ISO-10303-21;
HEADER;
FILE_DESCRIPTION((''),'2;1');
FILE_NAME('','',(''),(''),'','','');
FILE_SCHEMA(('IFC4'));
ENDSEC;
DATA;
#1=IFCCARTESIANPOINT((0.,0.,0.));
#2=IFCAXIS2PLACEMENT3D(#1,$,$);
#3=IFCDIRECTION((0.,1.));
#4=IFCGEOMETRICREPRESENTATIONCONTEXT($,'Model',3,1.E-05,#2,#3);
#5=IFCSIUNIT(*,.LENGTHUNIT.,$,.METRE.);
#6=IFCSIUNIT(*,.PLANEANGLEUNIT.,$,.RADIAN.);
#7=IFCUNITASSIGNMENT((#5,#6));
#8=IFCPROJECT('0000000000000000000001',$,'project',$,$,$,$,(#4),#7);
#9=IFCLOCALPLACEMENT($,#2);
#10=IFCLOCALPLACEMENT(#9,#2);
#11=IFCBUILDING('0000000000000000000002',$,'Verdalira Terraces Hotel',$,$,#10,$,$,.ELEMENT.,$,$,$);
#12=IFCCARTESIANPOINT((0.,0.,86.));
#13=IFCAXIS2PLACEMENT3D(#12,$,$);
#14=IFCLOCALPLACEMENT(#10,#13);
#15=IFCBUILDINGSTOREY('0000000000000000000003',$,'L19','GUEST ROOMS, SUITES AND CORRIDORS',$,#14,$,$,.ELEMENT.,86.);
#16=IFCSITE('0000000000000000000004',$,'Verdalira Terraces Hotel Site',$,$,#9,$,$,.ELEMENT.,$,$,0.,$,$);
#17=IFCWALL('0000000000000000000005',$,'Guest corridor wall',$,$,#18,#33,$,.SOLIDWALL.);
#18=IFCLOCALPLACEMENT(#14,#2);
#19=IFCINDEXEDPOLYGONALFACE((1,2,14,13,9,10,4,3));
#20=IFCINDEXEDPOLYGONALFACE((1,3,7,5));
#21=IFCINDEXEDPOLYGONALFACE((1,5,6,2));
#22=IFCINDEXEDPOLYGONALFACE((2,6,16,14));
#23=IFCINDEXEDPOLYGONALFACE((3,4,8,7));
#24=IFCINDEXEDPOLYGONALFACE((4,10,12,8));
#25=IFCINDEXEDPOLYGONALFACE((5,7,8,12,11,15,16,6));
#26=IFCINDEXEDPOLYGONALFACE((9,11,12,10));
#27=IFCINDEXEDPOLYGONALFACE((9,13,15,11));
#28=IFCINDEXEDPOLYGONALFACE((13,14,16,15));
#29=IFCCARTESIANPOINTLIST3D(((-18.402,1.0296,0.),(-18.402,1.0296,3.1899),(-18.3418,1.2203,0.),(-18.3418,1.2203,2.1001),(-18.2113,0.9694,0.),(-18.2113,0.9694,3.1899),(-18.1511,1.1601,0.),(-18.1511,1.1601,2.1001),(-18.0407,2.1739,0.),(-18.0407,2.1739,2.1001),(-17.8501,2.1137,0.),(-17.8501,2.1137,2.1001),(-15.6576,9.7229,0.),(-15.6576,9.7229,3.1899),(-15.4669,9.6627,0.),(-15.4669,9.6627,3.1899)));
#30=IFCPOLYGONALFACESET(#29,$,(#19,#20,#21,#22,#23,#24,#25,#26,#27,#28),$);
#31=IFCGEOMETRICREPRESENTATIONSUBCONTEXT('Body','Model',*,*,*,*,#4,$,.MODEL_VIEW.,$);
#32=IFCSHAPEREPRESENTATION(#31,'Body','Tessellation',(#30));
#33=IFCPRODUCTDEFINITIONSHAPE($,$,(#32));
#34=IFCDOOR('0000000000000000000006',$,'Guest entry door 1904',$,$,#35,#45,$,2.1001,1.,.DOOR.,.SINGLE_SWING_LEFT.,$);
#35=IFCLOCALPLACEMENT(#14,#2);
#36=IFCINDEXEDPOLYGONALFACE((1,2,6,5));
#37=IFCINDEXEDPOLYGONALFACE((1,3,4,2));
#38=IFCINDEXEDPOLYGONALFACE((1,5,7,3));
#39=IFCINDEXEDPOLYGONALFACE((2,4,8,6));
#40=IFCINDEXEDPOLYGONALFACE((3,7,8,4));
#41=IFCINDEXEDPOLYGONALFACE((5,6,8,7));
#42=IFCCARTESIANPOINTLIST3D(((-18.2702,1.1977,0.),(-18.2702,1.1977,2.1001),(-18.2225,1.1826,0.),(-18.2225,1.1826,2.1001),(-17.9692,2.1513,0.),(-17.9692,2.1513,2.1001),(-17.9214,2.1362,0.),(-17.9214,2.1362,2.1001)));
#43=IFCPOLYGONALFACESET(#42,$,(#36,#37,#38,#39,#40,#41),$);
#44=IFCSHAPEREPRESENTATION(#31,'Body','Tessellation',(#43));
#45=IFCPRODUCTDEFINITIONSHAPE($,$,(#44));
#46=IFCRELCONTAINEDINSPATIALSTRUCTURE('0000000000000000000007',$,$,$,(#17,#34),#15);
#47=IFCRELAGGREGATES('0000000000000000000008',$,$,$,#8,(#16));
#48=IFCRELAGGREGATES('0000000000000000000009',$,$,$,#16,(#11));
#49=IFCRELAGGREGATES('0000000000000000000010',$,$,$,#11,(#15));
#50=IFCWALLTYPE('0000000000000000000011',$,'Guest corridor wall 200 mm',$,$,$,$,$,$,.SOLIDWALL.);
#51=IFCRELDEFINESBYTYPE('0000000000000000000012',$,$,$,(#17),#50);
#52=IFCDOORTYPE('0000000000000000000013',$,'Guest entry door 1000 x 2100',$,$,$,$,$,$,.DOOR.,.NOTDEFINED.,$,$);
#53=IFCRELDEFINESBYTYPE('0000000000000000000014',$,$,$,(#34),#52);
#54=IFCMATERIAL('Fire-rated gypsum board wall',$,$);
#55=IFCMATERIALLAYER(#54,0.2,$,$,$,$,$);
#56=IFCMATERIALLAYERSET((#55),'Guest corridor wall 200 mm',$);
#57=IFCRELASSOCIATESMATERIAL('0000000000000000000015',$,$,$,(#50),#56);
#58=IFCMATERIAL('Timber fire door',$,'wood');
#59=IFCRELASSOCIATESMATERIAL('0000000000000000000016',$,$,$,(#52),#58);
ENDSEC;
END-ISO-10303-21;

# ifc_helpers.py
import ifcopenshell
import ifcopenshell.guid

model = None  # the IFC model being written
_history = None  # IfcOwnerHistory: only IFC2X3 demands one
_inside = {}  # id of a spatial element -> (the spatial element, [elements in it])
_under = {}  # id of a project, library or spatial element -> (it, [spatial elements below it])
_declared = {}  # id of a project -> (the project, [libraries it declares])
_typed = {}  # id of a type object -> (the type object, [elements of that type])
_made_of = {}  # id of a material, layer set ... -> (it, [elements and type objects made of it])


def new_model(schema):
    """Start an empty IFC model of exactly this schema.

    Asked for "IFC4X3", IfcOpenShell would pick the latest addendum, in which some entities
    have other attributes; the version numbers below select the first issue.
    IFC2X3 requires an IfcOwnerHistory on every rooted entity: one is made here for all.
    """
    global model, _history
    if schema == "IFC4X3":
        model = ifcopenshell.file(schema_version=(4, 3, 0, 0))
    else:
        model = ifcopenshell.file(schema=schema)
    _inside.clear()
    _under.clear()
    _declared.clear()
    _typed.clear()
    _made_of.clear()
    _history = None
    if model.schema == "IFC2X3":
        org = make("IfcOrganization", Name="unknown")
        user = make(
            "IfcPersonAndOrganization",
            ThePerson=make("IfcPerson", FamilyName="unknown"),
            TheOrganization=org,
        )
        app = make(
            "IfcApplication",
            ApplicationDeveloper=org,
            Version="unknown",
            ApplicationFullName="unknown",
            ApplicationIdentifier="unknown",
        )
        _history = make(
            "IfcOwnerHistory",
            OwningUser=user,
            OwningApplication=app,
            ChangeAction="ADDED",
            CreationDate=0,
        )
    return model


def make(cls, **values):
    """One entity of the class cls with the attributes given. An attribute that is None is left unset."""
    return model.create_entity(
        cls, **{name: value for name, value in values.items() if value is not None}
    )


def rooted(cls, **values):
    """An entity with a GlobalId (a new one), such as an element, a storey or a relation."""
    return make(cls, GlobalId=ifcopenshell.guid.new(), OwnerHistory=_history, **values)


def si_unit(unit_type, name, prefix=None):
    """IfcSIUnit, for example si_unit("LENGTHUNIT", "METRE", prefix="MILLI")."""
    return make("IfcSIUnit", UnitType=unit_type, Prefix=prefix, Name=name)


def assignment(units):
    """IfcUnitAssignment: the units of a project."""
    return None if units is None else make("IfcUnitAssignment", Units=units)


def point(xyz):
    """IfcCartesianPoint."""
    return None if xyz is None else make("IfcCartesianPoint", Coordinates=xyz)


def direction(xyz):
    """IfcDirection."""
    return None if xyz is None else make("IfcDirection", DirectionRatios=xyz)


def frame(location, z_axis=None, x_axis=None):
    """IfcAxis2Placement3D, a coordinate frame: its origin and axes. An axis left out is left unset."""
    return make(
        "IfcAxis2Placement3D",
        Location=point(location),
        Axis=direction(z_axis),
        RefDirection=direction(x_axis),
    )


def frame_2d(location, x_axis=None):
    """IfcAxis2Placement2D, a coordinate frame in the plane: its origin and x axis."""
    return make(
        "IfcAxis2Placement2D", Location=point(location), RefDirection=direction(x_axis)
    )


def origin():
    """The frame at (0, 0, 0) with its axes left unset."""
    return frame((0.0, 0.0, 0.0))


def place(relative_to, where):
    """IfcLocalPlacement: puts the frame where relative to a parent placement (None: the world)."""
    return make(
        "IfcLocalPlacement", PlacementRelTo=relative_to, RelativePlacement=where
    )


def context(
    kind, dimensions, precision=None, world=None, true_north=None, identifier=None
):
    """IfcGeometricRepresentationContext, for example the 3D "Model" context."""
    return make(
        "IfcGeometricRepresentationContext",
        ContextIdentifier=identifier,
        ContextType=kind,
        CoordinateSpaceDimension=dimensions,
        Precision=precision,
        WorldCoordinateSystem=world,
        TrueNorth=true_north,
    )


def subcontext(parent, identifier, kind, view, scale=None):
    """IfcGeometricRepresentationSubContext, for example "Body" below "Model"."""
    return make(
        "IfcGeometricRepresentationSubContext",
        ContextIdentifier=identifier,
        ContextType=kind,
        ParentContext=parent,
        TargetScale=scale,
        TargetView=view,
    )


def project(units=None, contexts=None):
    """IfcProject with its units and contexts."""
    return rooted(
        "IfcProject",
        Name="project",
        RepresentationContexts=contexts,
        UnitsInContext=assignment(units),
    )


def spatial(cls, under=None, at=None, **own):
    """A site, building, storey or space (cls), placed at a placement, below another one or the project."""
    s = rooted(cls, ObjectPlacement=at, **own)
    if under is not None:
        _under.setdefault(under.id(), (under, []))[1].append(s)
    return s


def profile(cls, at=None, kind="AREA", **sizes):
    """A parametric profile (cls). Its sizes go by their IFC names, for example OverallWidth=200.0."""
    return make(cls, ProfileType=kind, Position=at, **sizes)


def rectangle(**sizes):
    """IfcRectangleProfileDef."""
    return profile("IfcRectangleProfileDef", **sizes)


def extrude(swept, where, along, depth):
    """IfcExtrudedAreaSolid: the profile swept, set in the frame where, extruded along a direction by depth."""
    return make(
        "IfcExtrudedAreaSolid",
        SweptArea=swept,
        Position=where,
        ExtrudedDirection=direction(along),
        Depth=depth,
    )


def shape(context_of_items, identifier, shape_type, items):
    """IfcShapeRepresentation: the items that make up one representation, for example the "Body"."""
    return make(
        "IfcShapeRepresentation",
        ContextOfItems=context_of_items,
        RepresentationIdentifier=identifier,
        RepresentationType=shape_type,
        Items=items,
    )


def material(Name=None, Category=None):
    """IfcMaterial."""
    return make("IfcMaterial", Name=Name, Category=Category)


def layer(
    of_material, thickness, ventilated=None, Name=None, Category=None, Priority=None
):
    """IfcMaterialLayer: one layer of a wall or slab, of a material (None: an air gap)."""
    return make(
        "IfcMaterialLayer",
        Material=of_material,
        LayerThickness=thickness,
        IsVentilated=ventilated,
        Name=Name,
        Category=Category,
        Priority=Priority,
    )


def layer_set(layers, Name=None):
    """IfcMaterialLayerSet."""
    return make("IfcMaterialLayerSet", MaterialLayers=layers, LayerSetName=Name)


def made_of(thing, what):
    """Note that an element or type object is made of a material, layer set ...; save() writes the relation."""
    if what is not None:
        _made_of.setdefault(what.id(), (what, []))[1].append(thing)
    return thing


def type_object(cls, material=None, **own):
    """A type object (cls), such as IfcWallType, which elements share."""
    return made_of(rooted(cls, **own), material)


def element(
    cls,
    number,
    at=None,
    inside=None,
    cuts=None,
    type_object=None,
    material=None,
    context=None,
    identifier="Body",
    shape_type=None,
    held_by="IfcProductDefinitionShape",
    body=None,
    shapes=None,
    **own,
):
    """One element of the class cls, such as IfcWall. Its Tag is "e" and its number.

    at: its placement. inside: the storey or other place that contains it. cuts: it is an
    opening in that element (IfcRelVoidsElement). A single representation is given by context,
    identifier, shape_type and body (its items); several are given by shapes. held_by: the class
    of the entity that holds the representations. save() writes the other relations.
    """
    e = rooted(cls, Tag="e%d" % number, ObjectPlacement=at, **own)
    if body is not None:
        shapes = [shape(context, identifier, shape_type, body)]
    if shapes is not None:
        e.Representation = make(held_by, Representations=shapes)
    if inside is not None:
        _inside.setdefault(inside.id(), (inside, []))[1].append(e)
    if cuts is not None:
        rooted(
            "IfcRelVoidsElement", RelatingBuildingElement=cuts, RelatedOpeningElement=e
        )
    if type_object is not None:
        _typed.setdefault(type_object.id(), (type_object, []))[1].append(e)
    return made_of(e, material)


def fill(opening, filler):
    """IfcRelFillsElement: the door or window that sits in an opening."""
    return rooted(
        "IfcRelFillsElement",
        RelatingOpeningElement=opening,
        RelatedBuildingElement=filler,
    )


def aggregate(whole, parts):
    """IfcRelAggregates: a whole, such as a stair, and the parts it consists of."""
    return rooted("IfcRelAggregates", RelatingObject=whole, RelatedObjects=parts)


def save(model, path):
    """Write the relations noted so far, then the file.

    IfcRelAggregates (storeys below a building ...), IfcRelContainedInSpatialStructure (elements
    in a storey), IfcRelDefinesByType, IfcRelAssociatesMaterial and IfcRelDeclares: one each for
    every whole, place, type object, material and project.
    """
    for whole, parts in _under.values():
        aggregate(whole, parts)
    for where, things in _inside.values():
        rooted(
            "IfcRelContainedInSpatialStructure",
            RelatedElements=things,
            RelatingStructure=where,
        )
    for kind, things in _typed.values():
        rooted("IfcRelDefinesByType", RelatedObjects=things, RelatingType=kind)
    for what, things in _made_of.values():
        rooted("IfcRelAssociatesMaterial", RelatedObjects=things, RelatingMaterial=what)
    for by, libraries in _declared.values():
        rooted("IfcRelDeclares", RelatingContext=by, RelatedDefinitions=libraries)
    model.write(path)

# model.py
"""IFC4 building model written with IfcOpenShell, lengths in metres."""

from ifc_helpers import new_model, si_unit, direction, frame, frame_2d, origin, place, context, subcontext, project, spatial, rectangle, extrude, material, layer, layer_set, type_object, element, fill, save


model = new_model("IFC4")

# Units and contexts
model_context = context("Model", 3, precision=1e-05, world=origin(), true_north=direction((0.0, 1.0)))
body_context = subcontext(model_context, "Body", "Model", "MODEL_VIEW")
ifc_project = project(units=[si_unit("LENGTHUNIT", "METRE"), si_unit("PLANEANGLEUNIT", "RADIAN")], contexts=[model_context])

# Site, building, storey
site_placement = place(None, origin())
site = spatial("IfcSite", under=ifc_project, at=site_placement, Name="Verdalira Terraces Hotel Site", CompositionType="ELEMENT", RefElevation=0.0)
building_placement = place(site_placement, origin())
building = spatial("IfcBuilding", under=site, at=building_placement, Name="Verdalira Terraces Hotel", CompositionType="ELEMENT")
storey_placement = place(building_placement, frame((0.0, 0.0, 86.0)))
storey = spatial("IfcBuildingStorey", under=building, at=storey_placement, Name="L19", Description="GUEST ROOMS, SUITES AND CORRIDORS", CompositionType="ELEMENT", Elevation=86.0)

# Shared definitions
ifc_material_1 = material(Name="Fire-rated gypsum board wall")
ifc_layer_1 = layer(ifc_material_1, 0.2)
ifc_layer_set_1 = layer_set([ifc_layer_1], Name="Guest corridor wall 200 mm")
wall_type_1 = type_object("IfcWallType", Name="Guest corridor wall 200 mm", PredefinedType="SOLIDWALL", material=ifc_layer_set_1)

# Wall, opening, door
wall_1_placement = place(storey_placement, frame((-18.3066, 0.9995, 0.0), z_axis=(0.0, 0.0, 1.0), x_axis=(0.301043, 0.953611, 0.0)))
wall_1 = element("IfcWall", 1, at=wall_1_placement, inside=storey, type_object=wall_type_1, Name="Guest corridor wall", PredefinedType="SOLIDWALL", context=body_context, shape_type="SweptSolid", body=[
    extrude(rectangle(XDim=9.1162, YDim=0.2, at=frame_2d((4.5581, 0.0))), origin(), (0.0, 0.0, 1.0), 3.1899),
])
opening_1_placement = place(wall_1_placement, frame((0.2, 0.0, 0.0)))
opening_1 = element("IfcOpeningElement", 2, at=opening_1_placement, cuts=wall_1, PredefinedType="OPENING", context=body_context, shape_type="SweptSolid", body=[
    extrude(rectangle(XDim=1.0, YDim=2.1001, at=frame_2d((0.5, 1.05))), frame((0.0, 0.1099, 0.0), z_axis=(0.0, -1.0, 0.0), x_axis=(1.0, 0.0, 0.0)), (0.0, 0.0, 1.0), 0.22),
])
ifc_material_2 = material(Name="Timber fire door", Category="wood")
door_type_1 = type_object("IfcDoorType", Name="Guest entry door 1000 x 2100", OperationType="NOTDEFINED", PredefinedType="DOOR", material=ifc_material_2)
door_1_placement = place(opening_1_placement, origin())
door_1 = element("IfcDoor", 3, at=door_1_placement, inside=storey, type_object=door_type_1, Name="Guest entry door 1904", OperationType="SINGLE_SWING_LEFT", OverallHeight=2.1001, OverallWidth=1.0, PredefinedType="DOOR", context=body_context, shape_type="SweptSolid", body=[
    extrude(rectangle(XDim=1.0, YDim=2.1001, at=frame_2d((0.5, 1.05))), frame((0.0, 0.0249, 0.0), z_axis=(0.0, -1.0, 0.0), x_axis=(1.0, 0.0, 0.0)), (0.0, 0.0, 1.0), 0.05),
])
fill(opening_1, door_1)

save(model, "model.ifc")
